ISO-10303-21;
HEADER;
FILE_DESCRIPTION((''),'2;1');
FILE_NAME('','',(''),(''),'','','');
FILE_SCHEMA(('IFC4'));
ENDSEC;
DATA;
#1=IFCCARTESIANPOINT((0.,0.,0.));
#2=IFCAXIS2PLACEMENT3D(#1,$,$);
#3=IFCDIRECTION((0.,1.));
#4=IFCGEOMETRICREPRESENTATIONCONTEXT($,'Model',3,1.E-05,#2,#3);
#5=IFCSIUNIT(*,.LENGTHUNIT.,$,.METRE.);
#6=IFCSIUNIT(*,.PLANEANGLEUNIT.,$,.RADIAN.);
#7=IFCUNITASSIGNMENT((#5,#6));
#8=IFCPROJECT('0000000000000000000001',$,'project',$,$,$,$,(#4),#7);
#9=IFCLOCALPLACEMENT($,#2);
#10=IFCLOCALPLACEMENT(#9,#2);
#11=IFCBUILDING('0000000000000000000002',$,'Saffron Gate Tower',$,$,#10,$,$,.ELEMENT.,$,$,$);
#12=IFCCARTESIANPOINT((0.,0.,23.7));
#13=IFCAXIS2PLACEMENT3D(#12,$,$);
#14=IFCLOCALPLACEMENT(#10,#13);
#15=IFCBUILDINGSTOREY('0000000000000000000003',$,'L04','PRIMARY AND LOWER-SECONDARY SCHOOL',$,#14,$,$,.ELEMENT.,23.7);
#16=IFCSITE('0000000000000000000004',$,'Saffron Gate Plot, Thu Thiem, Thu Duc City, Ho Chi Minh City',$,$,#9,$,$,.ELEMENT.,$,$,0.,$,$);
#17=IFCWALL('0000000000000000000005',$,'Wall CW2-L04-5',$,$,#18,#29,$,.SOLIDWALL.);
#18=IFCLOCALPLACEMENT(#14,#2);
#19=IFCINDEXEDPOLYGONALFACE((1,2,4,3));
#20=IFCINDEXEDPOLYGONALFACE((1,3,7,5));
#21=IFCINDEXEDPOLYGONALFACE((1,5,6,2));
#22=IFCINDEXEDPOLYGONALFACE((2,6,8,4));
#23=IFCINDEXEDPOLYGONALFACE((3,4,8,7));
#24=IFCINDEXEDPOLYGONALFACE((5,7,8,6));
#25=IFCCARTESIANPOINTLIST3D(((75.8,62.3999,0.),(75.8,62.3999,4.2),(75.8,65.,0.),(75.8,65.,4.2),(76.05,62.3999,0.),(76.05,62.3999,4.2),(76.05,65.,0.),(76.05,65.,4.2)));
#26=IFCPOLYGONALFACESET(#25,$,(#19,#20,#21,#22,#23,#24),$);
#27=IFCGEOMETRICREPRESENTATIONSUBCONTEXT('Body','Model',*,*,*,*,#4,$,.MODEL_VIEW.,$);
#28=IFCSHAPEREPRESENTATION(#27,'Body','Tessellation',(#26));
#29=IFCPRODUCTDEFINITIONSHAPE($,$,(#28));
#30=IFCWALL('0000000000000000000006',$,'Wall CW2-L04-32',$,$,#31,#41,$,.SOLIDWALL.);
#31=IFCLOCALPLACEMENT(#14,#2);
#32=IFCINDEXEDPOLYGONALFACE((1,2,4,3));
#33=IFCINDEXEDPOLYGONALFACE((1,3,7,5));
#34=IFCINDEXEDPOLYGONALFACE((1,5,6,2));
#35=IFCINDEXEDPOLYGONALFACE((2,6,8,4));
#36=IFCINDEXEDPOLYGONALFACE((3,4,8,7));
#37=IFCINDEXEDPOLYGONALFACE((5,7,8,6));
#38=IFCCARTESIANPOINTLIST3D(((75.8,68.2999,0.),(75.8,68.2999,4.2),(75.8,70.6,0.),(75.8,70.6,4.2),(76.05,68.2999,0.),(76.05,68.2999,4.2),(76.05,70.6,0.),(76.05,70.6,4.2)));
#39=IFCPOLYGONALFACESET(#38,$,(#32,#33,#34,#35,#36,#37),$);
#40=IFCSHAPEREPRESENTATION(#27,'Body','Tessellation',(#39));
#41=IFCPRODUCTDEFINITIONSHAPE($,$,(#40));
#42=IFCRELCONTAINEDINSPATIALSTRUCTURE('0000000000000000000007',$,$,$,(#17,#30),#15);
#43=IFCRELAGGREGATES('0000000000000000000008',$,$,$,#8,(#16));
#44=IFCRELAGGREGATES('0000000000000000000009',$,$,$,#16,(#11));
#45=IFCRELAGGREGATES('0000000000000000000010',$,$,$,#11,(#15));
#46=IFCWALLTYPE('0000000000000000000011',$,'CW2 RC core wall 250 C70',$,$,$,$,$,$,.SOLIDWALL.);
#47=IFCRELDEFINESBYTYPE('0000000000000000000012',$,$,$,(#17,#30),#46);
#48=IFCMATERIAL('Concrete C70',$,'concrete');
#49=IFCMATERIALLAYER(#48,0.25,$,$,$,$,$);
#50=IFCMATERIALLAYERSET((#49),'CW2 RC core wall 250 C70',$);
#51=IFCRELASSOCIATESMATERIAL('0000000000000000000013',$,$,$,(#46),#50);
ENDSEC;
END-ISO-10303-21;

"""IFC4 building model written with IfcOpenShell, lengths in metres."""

from ifc_helpers import new_model, si_unit, direction, frame, frame_2d, origin, place, context, subcontext, project, spatial, rectangle, extrude, material, layer, layer_set, type_object, element, save


model = new_model("IFC4")

# Units and contexts
model_context = context("Model", 3, precision=1e-05, world=origin(), true_north=direction((0.0, 1.0)))
body_context = subcontext(model_context, "Body", "Model", "MODEL_VIEW")
ifc_project = project(units=[si_unit("LENGTHUNIT", "METRE"), si_unit("PLANEANGLEUNIT", "RADIAN")], contexts=[model_context])

# Site, building, storey
site_placement = place(None, origin())
site = spatial("IfcSite", under=ifc_project, at=site_placement, Name="Saffron Gate Plot, Thu Thiem, Thu Duc City, Ho Chi Minh City", CompositionType="ELEMENT", RefElevation=0.0)
building_placement = place(site_placement, origin())
building = spatial("IfcBuilding", under=site, at=building_placement, Name="Saffron Gate Tower", CompositionType="ELEMENT")
storey_placement = place(building_placement, frame((0.0, 0.0, 23.7)))
storey = spatial("IfcBuildingStorey", under=building, at=storey_placement, Name="L04", Description="PRIMARY AND LOWER-SECONDARY SCHOOL", CompositionType="ELEMENT", Elevation=23.7)

# Walls
ifc_material_1 = material(Name="Concrete C70", Category="concrete")
ifc_layer_1 = layer(ifc_material_1, 0.25)
ifc_layer_set_1 = layer_set([ifc_layer_1], Name="CW2 RC core wall 250 C70")
wall_type_1 = type_object("IfcWallType", Name="CW2 RC core wall 250 C70", PredefinedType="SOLIDWALL", material=ifc_layer_set_1)
wall_1_placement = place(storey_placement, frame((75.925, 62.3999, 0.0), z_axis=(0.0, 0.0, 1.0), x_axis=(0.0, 1.0, 0.0)))
element("IfcWall", 1, at=wall_1_placement, inside=storey, type_object=wall_type_1, Name="Wall CW2-L04-5", PredefinedType="SOLIDWALL", context=body_context, shape_type="SweptSolid", body=[
    extrude(rectangle(XDim=2.6001, YDim=0.25, at=frame_2d((1.3, 0.0))), origin(), (0.0, 0.0, 1.0), 4.2),
])
wall_2_placement = place(storey_placement, frame((75.925, 68.3, 0.0), z_axis=(0.0, 0.0, 1.0), x_axis=(0.0, 1.0, 0.0)))
element("IfcWall", 2, at=wall_2_placement, inside=storey, type_object=wall_type_1, Name="Wall CW2-L04-32", PredefinedType="SOLIDWALL", context=body_context, shape_type="SweptSolid", body=[
    extrude(rectangle(XDim=2.3, YDim=0.25, at=frame_2d((1.1499, 0.0))), origin(), (0.0, 0.0, 1.0), 4.2),
])

save(model, "model.ifc")
